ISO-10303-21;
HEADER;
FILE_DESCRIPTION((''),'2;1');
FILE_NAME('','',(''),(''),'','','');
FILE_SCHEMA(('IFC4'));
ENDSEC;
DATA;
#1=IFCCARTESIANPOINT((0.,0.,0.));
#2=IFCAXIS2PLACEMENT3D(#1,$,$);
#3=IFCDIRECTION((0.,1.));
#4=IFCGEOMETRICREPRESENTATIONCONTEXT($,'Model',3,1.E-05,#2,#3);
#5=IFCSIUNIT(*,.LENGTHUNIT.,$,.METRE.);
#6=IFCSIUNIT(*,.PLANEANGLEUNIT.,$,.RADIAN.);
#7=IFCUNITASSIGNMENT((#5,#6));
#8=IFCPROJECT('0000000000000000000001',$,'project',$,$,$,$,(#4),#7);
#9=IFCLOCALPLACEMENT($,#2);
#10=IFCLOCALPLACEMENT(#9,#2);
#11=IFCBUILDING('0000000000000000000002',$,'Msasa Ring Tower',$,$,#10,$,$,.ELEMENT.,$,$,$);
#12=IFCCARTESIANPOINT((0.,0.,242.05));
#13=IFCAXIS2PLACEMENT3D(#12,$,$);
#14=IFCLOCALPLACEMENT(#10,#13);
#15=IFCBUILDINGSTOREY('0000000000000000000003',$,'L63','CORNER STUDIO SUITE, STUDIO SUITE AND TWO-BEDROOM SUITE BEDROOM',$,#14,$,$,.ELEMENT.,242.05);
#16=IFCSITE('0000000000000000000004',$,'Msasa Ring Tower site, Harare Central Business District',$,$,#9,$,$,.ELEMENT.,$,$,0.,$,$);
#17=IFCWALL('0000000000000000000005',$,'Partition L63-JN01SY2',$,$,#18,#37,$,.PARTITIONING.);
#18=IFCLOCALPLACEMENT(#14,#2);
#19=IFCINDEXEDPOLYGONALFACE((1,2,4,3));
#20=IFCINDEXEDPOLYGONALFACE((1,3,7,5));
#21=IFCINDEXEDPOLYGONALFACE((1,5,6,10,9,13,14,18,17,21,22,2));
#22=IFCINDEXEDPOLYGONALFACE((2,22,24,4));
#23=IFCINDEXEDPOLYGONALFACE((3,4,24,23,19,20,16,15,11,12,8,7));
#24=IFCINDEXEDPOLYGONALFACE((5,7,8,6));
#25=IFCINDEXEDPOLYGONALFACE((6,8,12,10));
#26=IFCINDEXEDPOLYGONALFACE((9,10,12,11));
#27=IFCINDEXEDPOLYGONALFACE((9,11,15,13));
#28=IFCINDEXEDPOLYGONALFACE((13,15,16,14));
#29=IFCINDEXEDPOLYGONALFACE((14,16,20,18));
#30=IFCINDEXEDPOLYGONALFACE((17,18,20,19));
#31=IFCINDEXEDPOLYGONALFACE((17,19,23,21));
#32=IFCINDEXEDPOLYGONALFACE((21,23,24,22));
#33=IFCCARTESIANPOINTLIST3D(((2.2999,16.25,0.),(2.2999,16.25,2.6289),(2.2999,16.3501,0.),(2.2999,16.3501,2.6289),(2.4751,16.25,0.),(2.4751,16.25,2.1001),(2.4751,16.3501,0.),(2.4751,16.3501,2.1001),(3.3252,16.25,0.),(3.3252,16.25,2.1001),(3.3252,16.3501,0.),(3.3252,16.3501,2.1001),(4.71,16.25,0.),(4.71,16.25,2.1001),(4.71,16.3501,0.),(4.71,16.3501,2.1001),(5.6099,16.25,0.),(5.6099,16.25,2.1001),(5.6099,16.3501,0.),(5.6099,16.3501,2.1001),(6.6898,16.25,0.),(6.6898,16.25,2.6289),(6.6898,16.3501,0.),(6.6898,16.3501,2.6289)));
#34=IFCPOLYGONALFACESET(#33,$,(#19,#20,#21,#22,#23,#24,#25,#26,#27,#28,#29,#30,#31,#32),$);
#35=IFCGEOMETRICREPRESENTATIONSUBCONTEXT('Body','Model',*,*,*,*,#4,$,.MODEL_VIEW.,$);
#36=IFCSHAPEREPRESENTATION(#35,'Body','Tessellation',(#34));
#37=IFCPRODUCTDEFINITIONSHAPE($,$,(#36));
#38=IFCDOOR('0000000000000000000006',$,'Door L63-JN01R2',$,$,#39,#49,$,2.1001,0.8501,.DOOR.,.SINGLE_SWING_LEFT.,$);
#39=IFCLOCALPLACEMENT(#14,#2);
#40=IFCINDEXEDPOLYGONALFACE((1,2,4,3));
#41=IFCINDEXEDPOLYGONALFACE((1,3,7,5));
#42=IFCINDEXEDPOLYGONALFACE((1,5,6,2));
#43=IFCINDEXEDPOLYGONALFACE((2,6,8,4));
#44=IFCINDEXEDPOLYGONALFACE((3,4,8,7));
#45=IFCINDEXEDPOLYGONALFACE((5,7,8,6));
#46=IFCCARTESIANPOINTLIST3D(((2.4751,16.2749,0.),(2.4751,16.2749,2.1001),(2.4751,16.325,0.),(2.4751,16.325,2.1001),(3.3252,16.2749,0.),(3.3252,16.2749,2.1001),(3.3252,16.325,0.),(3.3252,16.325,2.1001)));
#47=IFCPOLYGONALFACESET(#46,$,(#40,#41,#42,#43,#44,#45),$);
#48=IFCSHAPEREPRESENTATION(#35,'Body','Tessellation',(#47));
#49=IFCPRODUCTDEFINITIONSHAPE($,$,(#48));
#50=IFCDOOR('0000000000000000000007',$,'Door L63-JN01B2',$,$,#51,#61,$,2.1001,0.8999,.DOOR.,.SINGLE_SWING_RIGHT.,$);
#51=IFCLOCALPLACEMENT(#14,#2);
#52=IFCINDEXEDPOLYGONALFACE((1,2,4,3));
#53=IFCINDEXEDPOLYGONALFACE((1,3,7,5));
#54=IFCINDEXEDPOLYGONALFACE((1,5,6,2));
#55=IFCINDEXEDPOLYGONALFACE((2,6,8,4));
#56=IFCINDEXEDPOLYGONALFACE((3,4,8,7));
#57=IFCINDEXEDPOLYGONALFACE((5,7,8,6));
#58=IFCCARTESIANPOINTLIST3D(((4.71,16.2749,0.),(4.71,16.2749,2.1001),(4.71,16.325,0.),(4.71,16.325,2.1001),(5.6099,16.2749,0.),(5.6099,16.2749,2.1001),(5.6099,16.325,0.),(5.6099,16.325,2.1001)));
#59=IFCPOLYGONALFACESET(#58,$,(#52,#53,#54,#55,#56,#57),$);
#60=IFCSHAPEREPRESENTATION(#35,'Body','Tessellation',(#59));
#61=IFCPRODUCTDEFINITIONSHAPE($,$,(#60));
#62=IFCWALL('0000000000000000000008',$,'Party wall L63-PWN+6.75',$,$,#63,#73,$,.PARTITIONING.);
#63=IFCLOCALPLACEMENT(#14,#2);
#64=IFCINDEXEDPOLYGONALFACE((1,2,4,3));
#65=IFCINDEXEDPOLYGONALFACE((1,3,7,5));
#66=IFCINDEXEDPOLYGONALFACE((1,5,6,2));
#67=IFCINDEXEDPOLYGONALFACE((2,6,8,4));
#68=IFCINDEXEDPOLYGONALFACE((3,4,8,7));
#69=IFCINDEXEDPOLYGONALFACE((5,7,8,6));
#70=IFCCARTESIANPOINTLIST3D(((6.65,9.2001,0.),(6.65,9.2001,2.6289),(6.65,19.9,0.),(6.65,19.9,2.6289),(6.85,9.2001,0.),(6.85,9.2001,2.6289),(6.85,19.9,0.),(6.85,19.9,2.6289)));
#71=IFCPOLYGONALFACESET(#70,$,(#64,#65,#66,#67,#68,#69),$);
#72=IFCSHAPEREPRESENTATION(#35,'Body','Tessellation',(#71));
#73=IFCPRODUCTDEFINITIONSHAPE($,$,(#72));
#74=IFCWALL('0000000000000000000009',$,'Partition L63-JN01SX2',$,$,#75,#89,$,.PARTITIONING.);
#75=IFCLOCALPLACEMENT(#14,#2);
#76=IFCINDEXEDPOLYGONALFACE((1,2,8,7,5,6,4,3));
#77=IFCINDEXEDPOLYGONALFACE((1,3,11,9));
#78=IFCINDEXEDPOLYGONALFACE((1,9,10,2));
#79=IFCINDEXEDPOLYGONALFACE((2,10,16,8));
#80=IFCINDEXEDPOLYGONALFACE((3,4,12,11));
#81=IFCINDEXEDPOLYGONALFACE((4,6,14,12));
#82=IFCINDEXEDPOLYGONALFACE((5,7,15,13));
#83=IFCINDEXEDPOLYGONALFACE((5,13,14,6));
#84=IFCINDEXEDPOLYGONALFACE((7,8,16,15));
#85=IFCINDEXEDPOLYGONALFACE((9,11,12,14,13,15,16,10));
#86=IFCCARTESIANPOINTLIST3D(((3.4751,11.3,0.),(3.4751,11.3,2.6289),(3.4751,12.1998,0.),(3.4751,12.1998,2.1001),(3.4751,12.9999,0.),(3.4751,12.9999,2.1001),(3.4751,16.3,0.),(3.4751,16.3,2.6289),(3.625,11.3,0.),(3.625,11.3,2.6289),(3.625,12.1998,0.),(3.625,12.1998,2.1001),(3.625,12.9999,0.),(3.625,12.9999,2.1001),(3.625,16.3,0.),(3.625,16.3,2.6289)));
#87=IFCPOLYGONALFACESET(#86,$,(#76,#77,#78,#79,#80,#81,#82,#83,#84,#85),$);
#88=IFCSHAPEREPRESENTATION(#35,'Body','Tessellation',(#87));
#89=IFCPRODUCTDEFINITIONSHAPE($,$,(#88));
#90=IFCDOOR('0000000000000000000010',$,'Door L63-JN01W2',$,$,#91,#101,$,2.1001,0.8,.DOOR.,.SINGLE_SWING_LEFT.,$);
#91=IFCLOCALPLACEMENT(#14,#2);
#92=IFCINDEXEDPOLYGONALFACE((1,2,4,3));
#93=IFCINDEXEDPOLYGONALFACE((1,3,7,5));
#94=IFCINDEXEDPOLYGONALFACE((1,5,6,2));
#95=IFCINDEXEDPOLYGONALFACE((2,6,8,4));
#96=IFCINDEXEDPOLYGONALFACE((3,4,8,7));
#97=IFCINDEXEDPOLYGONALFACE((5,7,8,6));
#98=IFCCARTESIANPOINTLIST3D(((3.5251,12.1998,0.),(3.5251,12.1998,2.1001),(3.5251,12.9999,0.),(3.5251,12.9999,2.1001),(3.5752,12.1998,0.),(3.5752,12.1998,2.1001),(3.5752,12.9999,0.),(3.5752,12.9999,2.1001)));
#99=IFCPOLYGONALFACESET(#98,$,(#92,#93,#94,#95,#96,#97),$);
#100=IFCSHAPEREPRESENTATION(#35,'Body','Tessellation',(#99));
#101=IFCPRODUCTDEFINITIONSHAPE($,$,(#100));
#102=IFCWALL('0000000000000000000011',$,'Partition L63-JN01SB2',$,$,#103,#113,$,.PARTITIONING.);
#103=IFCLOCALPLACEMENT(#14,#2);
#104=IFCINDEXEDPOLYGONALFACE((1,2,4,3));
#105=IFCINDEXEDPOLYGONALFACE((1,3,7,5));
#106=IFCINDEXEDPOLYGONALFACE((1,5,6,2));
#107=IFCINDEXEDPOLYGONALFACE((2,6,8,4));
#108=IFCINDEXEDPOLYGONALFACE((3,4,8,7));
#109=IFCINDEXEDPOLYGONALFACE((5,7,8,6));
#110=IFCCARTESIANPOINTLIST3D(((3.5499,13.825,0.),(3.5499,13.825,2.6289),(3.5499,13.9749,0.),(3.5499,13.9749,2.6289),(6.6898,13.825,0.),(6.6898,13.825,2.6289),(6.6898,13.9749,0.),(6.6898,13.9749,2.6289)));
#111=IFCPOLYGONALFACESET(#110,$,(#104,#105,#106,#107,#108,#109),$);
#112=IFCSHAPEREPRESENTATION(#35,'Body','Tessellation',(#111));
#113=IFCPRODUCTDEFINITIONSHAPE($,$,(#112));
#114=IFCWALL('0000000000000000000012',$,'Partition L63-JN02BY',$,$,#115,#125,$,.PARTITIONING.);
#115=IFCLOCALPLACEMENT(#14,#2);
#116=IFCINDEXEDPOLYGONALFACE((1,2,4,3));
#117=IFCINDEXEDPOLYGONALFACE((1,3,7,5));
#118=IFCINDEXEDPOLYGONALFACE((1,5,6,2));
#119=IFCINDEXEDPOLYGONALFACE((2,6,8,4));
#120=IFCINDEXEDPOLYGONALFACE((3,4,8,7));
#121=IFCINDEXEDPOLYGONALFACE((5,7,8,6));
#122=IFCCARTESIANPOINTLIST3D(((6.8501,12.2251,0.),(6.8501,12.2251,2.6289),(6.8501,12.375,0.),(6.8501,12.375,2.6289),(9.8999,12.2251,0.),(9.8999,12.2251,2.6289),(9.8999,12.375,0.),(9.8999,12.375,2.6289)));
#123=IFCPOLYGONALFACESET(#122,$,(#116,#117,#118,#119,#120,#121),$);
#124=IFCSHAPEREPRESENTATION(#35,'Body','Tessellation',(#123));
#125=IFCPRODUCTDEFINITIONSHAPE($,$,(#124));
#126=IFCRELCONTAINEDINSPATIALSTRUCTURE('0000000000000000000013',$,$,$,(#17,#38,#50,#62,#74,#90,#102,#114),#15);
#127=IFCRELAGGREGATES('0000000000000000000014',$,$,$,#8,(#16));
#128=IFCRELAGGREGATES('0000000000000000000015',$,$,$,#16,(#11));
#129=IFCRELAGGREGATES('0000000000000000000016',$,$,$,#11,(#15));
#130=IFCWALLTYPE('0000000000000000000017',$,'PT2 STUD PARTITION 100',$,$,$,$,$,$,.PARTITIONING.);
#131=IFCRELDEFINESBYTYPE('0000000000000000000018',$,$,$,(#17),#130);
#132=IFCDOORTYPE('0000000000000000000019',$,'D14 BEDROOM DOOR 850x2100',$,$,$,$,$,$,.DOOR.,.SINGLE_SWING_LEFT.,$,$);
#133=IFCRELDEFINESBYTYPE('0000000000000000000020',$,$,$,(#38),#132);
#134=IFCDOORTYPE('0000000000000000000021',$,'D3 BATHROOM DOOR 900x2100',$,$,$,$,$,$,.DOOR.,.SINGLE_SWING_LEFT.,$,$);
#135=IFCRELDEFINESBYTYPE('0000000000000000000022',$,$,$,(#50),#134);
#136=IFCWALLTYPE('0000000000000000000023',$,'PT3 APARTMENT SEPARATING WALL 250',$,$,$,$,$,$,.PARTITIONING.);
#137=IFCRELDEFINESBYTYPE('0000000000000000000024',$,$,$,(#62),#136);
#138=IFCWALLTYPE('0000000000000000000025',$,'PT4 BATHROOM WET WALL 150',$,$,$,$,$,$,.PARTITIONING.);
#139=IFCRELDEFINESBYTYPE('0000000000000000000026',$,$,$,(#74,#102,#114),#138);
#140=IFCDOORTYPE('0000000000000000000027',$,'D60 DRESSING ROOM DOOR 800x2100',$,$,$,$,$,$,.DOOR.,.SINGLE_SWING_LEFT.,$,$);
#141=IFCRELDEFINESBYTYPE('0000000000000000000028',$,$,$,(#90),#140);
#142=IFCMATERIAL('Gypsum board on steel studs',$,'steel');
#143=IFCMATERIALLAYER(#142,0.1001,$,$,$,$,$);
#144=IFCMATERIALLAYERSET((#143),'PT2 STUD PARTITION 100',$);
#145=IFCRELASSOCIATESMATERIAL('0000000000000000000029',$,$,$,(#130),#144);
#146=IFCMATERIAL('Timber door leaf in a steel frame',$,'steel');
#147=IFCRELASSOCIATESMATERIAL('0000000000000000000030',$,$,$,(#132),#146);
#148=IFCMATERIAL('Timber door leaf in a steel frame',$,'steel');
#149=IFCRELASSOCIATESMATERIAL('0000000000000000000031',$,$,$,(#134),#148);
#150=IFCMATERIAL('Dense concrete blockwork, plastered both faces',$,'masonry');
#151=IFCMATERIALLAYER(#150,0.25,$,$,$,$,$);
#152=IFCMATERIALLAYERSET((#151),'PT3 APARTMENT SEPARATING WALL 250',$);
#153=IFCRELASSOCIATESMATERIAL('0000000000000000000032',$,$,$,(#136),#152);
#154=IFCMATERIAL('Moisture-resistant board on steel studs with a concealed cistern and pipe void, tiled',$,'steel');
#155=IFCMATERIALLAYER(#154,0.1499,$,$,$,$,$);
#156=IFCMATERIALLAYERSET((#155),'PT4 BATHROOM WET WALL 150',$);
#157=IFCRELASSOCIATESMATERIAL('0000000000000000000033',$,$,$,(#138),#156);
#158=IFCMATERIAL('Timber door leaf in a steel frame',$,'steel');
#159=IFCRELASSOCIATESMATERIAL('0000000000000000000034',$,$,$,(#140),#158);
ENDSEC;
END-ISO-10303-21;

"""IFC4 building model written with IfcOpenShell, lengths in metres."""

from ifc_helpers import new_model, si_unit, direction, frame, frame_2d, origin, place, context, subcontext, project, spatial, rectangle, extrude, material, layer, layer_set, type_object, element, fill, save


model = new_model("IFC4")

# Units and contexts
model_context = context("Model", 3, precision=1e-05, world=origin(), true_north=direction((0.0, 1.0)))
body_context = subcontext(model_context, "Body", "Model", "MODEL_VIEW")
ifc_project = project(units=[si_unit("LENGTHUNIT", "METRE"), si_unit("PLANEANGLEUNIT", "RADIAN")], contexts=[model_context])

# Site, building, storey
site_placement = place(None, origin())
site = spatial("IfcSite", under=ifc_project, at=site_placement, Name="Msasa Ring Tower site, Harare Central Business District", CompositionType="ELEMENT", RefElevation=0.0)
building_placement = place(site_placement, origin())
building = spatial("IfcBuilding", under=site, at=building_placement, Name="Msasa Ring Tower", CompositionType="ELEMENT")
storey_placement = place(building_placement, frame((0.0, 0.0, 242.05)))
storey = spatial("IfcBuildingStorey", under=building, at=storey_placement, Name="L63", Description="CORNER STUDIO SUITE, STUDIO SUITE AND TWO-BEDROOM SUITE BEDROOM", CompositionType="ELEMENT", Elevation=242.05)

# Shared definitions
ifc_material_1 = material(Name="Gypsum board on steel studs", Category="steel")
ifc_layer_1 = layer(ifc_material_1, 0.1001)
ifc_layer_set_1 = layer_set([ifc_layer_1], Name="PT2 STUD PARTITION 100")
wall_type_1 = type_object("IfcWallType", Name="PT2 STUD PARTITION 100", PredefinedType="PARTITIONING", material=ifc_layer_set_1)

# Wall, openings, doors
wall_1_placement = place(storey_placement, frame((2.3, 16.3, 0.0), z_axis=(0.0, 0.0, 1.0), x_axis=(1.0, 0.0, 0.0)))
wall_1 = element("IfcWall", 1, at=wall_1_placement, inside=storey, type_object=wall_type_1, Name="Partition L63-JN01SY2", PredefinedType="PARTITIONING", context=body_context, shape_type="SweptSolid", body=[
    extrude(rectangle(XDim=4.3899, YDim=0.1001, at=frame_2d((2.1948, 0.0))), origin(), (0.0, 0.0, 1.0), 2.6289),
])
opening_1_placement = place(wall_1_placement, frame((0.175, 0.0, 0.0)))
opening_1 = element("IfcOpeningElement", 2, at=opening_1_placement, cuts=wall_1, PredefinedType="OPENING", context=body_context, shape_type="SweptSolid", body=[
    extrude(rectangle(XDim=0.8501, YDim=2.1001, at=frame_2d((0.425, 1.05))), frame((0.0, 0.0601, 0.0), z_axis=(0.0, -1.0, 0.0), x_axis=(1.0, 0.0, 0.0)), (0.0, 0.0, 1.0), 0.1201),
])
opening_2_placement = place(wall_1_placement, frame((2.4099, 0.0, 0.0)))
opening_2 = element("IfcOpeningElement", 3, at=opening_2_placement, cuts=wall_1, PredefinedType="OPENING", context=body_context, shape_type="SweptSolid", body=[
    extrude(rectangle(XDim=0.8999, YDim=2.1001, at=frame_2d((0.45, 1.05))), frame((0.0, 0.0601, 0.0), z_axis=(0.0, -1.0, 0.0), x_axis=(1.0, 0.0, 0.0)), (0.0, 0.0, 1.0), 0.1201),
])
ifc_material_2 = material(Name="Timber door leaf in a steel frame", Category="steel")
door_type_1 = type_object("IfcDoorType", Name="D14 BEDROOM DOOR 850x2100", OperationType="SINGLE_SWING_LEFT", PredefinedType="DOOR", material=ifc_material_2)
door_1_placement = place(opening_1_placement, origin())
door_1 = element("IfcDoor", 4, at=door_1_placement, inside=storey, type_object=door_type_1, Name="Door L63-JN01R2", OperationType="SINGLE_SWING_LEFT", OverallHeight=2.1001, OverallWidth=0.8501, PredefinedType="DOOR", context=body_context, shape_type="SweptSolid", body=[
    extrude(rectangle(XDim=0.8501, YDim=2.1001, at=frame_2d((0.425, 1.05))), frame((0.0, 0.0249, 0.0), z_axis=(0.0, -1.0, 0.0), x_axis=(1.0, 0.0, 0.0)), (0.0, 0.0, 1.0), 0.05),
])
fill(opening_1, door_1)
ifc_material_3 = material(Name="Timber door leaf in a steel frame", Category="steel")
door_type_2 = type_object("IfcDoorType", Name="D3 BATHROOM DOOR 900x2100", OperationType="SINGLE_SWING_LEFT", PredefinedType="DOOR", material=ifc_material_3)
door_2_placement = place(opening_2_placement, origin())
door_2 = element("IfcDoor", 5, at=door_2_placement, inside=storey, type_object=door_type_2, Name="Door L63-JN01B2", OperationType="SINGLE_SWING_RIGHT", OverallHeight=2.1001, OverallWidth=0.8999, PredefinedType="DOOR", context=body_context, shape_type="SweptSolid", body=[
    extrude(rectangle(XDim=0.8999, YDim=2.1001, at=frame_2d((0.45, 1.05))), frame((0.0, 0.0249, 0.0), z_axis=(0.0, -1.0, 0.0), x_axis=(1.0, 0.0, 0.0)), (0.0, 0.0, 1.0), 0.05),
])
fill(opening_2, door_2)

# Wall
ifc_material_4 = material(Name="Dense concrete blockwork, plastered both faces", Category="masonry")
ifc_layer_2 = layer(ifc_material_4, 0.25)
ifc_layer_set_2 = layer_set([ifc_layer_2], Name="PT3 APARTMENT SEPARATING WALL 250")
wall_type_2 = type_object("IfcWallType", Name="PT3 APARTMENT SEPARATING WALL 250", PredefinedType="PARTITIONING", material=ifc_layer_set_2)
wall_2_placement = place(storey_placement, frame((6.75, 9.2, 0.0), z_axis=(0.0, 0.0, 1.0), x_axis=(0.0, 1.0, 0.0)))
element("IfcWall", 6, at=wall_2_placement, inside=storey, type_object=wall_type_2, Name="Party wall L63-PWN+6.75", PredefinedType="PARTITIONING", context=body_context, shape_type="SweptSolid", body=[
    extrude(rectangle(XDim=10.7, YDim=0.2, at=frame_2d((5.3501, 0.0))), origin(), (0.0, 0.0, 1.0), 2.6289),
])

# Wall, opening, door
ifc_material_5 = material(Name="Moisture-resistant board on steel studs with a concealed cistern and pipe void, tiled", Category="steel")
ifc_layer_3 = layer(ifc_material_5, 0.1499)
ifc_layer_set_3 = layer_set([ifc_layer_3], Name="PT4 BATHROOM WET WALL 150")
wall_type_3 = type_object("IfcWallType", Name="PT4 BATHROOM WET WALL 150", PredefinedType="PARTITIONING", material=ifc_layer_set_3)
wall_3_placement = place(storey_placement, frame((3.55, 11.3, 0.0), z_axis=(0.0, 0.0, 1.0), x_axis=(0.0, 1.0, 0.0)))
wall_3 = element("IfcWall", 7, at=wall_3_placement, inside=storey, type_object=wall_type_3, Name="Partition L63-JN01SX2", PredefinedType="PARTITIONING", context=body_context, shape_type="SweptSolid", body=[
    extrude(rectangle(XDim=5.0, YDim=0.1499, at=frame_2d((2.5, 0.0))), origin(), (0.0, 0.0, 1.0), 2.6289),
])
opening_3_placement = place(wall_3_placement, frame((0.8999, 0.0, 0.0)))
opening_3 = element("IfcOpeningElement", 8, at=opening_3_placement, cuts=wall_3, PredefinedType="OPENING", context=body_context, shape_type="SweptSolid", body=[
    extrude(rectangle(XDim=0.8, YDim=2.1001, at=frame_2d((0.3999, 1.05))), frame((0.0, 0.085, 0.0), z_axis=(0.0, -1.0, 0.0), x_axis=(1.0, 0.0, 0.0)), (0.0, 0.0, 1.0), 0.1699),
])
ifc_material_6 = material(Name="Timber door leaf in a steel frame", Category="steel")
door_type_3 = type_object("IfcDoorType", Name="D60 DRESSING ROOM DOOR 800x2100", OperationType="SINGLE_SWING_LEFT", PredefinedType="DOOR", material=ifc_material_6)
door_3_placement = place(opening_3_placement, origin())
door_3 = element("IfcDoor", 9, at=door_3_placement, inside=storey, type_object=door_type_3, Name="Door L63-JN01W2", OperationType="SINGLE_SWING_LEFT", OverallHeight=2.1001, OverallWidth=0.8, PredefinedType="DOOR", context=body_context, shape_type="SweptSolid", body=[
    extrude(rectangle(XDim=0.8, YDim=2.1001, at=frame_2d((0.3999, 1.05))), frame((0.0, 0.0249, 0.0), z_axis=(0.0, -1.0, 0.0), x_axis=(1.0, 0.0, 0.0)), (0.0, 0.0, 1.0), 0.05),
])
fill(opening_3, door_3)

# Walls
wall_4_placement = place(storey_placement, frame((3.55, 13.8999, 0.0), z_axis=(0.0, 0.0, 1.0), x_axis=(1.0, 0.0, 0.0)))
element("IfcWall", 10, at=wall_4_placement, inside=storey, type_object=wall_type_3, Name="Partition L63-JN01SB2", PredefinedType="PARTITIONING", context=body_context, shape_type="SweptSolid", body=[
    extrude(rectangle(XDim=3.1399, YDim=0.1499, at=frame_2d((1.5698, 0.0))), origin(), (0.0, 0.0, 1.0), 2.6289),
])
wall_5_placement = place(storey_placement, frame((6.8501, 12.3, 0.0), z_axis=(0.0, 0.0, 1.0), x_axis=(1.0, 0.0, 0.0)))
element("IfcWall", 11, at=wall_5_placement, inside=storey, type_object=wall_type_3, Name="Partition L63-JN02BY", PredefinedType="PARTITIONING", context=body_context, shape_type="SweptSolid", body=[
    extrude(rectangle(XDim=3.0498, YDim=0.1499, at=frame_2d((1.5249, 0.0))), origin(), (0.0, 0.0, 1.0), 2.6289),
])

save(model, "model.ifc")
